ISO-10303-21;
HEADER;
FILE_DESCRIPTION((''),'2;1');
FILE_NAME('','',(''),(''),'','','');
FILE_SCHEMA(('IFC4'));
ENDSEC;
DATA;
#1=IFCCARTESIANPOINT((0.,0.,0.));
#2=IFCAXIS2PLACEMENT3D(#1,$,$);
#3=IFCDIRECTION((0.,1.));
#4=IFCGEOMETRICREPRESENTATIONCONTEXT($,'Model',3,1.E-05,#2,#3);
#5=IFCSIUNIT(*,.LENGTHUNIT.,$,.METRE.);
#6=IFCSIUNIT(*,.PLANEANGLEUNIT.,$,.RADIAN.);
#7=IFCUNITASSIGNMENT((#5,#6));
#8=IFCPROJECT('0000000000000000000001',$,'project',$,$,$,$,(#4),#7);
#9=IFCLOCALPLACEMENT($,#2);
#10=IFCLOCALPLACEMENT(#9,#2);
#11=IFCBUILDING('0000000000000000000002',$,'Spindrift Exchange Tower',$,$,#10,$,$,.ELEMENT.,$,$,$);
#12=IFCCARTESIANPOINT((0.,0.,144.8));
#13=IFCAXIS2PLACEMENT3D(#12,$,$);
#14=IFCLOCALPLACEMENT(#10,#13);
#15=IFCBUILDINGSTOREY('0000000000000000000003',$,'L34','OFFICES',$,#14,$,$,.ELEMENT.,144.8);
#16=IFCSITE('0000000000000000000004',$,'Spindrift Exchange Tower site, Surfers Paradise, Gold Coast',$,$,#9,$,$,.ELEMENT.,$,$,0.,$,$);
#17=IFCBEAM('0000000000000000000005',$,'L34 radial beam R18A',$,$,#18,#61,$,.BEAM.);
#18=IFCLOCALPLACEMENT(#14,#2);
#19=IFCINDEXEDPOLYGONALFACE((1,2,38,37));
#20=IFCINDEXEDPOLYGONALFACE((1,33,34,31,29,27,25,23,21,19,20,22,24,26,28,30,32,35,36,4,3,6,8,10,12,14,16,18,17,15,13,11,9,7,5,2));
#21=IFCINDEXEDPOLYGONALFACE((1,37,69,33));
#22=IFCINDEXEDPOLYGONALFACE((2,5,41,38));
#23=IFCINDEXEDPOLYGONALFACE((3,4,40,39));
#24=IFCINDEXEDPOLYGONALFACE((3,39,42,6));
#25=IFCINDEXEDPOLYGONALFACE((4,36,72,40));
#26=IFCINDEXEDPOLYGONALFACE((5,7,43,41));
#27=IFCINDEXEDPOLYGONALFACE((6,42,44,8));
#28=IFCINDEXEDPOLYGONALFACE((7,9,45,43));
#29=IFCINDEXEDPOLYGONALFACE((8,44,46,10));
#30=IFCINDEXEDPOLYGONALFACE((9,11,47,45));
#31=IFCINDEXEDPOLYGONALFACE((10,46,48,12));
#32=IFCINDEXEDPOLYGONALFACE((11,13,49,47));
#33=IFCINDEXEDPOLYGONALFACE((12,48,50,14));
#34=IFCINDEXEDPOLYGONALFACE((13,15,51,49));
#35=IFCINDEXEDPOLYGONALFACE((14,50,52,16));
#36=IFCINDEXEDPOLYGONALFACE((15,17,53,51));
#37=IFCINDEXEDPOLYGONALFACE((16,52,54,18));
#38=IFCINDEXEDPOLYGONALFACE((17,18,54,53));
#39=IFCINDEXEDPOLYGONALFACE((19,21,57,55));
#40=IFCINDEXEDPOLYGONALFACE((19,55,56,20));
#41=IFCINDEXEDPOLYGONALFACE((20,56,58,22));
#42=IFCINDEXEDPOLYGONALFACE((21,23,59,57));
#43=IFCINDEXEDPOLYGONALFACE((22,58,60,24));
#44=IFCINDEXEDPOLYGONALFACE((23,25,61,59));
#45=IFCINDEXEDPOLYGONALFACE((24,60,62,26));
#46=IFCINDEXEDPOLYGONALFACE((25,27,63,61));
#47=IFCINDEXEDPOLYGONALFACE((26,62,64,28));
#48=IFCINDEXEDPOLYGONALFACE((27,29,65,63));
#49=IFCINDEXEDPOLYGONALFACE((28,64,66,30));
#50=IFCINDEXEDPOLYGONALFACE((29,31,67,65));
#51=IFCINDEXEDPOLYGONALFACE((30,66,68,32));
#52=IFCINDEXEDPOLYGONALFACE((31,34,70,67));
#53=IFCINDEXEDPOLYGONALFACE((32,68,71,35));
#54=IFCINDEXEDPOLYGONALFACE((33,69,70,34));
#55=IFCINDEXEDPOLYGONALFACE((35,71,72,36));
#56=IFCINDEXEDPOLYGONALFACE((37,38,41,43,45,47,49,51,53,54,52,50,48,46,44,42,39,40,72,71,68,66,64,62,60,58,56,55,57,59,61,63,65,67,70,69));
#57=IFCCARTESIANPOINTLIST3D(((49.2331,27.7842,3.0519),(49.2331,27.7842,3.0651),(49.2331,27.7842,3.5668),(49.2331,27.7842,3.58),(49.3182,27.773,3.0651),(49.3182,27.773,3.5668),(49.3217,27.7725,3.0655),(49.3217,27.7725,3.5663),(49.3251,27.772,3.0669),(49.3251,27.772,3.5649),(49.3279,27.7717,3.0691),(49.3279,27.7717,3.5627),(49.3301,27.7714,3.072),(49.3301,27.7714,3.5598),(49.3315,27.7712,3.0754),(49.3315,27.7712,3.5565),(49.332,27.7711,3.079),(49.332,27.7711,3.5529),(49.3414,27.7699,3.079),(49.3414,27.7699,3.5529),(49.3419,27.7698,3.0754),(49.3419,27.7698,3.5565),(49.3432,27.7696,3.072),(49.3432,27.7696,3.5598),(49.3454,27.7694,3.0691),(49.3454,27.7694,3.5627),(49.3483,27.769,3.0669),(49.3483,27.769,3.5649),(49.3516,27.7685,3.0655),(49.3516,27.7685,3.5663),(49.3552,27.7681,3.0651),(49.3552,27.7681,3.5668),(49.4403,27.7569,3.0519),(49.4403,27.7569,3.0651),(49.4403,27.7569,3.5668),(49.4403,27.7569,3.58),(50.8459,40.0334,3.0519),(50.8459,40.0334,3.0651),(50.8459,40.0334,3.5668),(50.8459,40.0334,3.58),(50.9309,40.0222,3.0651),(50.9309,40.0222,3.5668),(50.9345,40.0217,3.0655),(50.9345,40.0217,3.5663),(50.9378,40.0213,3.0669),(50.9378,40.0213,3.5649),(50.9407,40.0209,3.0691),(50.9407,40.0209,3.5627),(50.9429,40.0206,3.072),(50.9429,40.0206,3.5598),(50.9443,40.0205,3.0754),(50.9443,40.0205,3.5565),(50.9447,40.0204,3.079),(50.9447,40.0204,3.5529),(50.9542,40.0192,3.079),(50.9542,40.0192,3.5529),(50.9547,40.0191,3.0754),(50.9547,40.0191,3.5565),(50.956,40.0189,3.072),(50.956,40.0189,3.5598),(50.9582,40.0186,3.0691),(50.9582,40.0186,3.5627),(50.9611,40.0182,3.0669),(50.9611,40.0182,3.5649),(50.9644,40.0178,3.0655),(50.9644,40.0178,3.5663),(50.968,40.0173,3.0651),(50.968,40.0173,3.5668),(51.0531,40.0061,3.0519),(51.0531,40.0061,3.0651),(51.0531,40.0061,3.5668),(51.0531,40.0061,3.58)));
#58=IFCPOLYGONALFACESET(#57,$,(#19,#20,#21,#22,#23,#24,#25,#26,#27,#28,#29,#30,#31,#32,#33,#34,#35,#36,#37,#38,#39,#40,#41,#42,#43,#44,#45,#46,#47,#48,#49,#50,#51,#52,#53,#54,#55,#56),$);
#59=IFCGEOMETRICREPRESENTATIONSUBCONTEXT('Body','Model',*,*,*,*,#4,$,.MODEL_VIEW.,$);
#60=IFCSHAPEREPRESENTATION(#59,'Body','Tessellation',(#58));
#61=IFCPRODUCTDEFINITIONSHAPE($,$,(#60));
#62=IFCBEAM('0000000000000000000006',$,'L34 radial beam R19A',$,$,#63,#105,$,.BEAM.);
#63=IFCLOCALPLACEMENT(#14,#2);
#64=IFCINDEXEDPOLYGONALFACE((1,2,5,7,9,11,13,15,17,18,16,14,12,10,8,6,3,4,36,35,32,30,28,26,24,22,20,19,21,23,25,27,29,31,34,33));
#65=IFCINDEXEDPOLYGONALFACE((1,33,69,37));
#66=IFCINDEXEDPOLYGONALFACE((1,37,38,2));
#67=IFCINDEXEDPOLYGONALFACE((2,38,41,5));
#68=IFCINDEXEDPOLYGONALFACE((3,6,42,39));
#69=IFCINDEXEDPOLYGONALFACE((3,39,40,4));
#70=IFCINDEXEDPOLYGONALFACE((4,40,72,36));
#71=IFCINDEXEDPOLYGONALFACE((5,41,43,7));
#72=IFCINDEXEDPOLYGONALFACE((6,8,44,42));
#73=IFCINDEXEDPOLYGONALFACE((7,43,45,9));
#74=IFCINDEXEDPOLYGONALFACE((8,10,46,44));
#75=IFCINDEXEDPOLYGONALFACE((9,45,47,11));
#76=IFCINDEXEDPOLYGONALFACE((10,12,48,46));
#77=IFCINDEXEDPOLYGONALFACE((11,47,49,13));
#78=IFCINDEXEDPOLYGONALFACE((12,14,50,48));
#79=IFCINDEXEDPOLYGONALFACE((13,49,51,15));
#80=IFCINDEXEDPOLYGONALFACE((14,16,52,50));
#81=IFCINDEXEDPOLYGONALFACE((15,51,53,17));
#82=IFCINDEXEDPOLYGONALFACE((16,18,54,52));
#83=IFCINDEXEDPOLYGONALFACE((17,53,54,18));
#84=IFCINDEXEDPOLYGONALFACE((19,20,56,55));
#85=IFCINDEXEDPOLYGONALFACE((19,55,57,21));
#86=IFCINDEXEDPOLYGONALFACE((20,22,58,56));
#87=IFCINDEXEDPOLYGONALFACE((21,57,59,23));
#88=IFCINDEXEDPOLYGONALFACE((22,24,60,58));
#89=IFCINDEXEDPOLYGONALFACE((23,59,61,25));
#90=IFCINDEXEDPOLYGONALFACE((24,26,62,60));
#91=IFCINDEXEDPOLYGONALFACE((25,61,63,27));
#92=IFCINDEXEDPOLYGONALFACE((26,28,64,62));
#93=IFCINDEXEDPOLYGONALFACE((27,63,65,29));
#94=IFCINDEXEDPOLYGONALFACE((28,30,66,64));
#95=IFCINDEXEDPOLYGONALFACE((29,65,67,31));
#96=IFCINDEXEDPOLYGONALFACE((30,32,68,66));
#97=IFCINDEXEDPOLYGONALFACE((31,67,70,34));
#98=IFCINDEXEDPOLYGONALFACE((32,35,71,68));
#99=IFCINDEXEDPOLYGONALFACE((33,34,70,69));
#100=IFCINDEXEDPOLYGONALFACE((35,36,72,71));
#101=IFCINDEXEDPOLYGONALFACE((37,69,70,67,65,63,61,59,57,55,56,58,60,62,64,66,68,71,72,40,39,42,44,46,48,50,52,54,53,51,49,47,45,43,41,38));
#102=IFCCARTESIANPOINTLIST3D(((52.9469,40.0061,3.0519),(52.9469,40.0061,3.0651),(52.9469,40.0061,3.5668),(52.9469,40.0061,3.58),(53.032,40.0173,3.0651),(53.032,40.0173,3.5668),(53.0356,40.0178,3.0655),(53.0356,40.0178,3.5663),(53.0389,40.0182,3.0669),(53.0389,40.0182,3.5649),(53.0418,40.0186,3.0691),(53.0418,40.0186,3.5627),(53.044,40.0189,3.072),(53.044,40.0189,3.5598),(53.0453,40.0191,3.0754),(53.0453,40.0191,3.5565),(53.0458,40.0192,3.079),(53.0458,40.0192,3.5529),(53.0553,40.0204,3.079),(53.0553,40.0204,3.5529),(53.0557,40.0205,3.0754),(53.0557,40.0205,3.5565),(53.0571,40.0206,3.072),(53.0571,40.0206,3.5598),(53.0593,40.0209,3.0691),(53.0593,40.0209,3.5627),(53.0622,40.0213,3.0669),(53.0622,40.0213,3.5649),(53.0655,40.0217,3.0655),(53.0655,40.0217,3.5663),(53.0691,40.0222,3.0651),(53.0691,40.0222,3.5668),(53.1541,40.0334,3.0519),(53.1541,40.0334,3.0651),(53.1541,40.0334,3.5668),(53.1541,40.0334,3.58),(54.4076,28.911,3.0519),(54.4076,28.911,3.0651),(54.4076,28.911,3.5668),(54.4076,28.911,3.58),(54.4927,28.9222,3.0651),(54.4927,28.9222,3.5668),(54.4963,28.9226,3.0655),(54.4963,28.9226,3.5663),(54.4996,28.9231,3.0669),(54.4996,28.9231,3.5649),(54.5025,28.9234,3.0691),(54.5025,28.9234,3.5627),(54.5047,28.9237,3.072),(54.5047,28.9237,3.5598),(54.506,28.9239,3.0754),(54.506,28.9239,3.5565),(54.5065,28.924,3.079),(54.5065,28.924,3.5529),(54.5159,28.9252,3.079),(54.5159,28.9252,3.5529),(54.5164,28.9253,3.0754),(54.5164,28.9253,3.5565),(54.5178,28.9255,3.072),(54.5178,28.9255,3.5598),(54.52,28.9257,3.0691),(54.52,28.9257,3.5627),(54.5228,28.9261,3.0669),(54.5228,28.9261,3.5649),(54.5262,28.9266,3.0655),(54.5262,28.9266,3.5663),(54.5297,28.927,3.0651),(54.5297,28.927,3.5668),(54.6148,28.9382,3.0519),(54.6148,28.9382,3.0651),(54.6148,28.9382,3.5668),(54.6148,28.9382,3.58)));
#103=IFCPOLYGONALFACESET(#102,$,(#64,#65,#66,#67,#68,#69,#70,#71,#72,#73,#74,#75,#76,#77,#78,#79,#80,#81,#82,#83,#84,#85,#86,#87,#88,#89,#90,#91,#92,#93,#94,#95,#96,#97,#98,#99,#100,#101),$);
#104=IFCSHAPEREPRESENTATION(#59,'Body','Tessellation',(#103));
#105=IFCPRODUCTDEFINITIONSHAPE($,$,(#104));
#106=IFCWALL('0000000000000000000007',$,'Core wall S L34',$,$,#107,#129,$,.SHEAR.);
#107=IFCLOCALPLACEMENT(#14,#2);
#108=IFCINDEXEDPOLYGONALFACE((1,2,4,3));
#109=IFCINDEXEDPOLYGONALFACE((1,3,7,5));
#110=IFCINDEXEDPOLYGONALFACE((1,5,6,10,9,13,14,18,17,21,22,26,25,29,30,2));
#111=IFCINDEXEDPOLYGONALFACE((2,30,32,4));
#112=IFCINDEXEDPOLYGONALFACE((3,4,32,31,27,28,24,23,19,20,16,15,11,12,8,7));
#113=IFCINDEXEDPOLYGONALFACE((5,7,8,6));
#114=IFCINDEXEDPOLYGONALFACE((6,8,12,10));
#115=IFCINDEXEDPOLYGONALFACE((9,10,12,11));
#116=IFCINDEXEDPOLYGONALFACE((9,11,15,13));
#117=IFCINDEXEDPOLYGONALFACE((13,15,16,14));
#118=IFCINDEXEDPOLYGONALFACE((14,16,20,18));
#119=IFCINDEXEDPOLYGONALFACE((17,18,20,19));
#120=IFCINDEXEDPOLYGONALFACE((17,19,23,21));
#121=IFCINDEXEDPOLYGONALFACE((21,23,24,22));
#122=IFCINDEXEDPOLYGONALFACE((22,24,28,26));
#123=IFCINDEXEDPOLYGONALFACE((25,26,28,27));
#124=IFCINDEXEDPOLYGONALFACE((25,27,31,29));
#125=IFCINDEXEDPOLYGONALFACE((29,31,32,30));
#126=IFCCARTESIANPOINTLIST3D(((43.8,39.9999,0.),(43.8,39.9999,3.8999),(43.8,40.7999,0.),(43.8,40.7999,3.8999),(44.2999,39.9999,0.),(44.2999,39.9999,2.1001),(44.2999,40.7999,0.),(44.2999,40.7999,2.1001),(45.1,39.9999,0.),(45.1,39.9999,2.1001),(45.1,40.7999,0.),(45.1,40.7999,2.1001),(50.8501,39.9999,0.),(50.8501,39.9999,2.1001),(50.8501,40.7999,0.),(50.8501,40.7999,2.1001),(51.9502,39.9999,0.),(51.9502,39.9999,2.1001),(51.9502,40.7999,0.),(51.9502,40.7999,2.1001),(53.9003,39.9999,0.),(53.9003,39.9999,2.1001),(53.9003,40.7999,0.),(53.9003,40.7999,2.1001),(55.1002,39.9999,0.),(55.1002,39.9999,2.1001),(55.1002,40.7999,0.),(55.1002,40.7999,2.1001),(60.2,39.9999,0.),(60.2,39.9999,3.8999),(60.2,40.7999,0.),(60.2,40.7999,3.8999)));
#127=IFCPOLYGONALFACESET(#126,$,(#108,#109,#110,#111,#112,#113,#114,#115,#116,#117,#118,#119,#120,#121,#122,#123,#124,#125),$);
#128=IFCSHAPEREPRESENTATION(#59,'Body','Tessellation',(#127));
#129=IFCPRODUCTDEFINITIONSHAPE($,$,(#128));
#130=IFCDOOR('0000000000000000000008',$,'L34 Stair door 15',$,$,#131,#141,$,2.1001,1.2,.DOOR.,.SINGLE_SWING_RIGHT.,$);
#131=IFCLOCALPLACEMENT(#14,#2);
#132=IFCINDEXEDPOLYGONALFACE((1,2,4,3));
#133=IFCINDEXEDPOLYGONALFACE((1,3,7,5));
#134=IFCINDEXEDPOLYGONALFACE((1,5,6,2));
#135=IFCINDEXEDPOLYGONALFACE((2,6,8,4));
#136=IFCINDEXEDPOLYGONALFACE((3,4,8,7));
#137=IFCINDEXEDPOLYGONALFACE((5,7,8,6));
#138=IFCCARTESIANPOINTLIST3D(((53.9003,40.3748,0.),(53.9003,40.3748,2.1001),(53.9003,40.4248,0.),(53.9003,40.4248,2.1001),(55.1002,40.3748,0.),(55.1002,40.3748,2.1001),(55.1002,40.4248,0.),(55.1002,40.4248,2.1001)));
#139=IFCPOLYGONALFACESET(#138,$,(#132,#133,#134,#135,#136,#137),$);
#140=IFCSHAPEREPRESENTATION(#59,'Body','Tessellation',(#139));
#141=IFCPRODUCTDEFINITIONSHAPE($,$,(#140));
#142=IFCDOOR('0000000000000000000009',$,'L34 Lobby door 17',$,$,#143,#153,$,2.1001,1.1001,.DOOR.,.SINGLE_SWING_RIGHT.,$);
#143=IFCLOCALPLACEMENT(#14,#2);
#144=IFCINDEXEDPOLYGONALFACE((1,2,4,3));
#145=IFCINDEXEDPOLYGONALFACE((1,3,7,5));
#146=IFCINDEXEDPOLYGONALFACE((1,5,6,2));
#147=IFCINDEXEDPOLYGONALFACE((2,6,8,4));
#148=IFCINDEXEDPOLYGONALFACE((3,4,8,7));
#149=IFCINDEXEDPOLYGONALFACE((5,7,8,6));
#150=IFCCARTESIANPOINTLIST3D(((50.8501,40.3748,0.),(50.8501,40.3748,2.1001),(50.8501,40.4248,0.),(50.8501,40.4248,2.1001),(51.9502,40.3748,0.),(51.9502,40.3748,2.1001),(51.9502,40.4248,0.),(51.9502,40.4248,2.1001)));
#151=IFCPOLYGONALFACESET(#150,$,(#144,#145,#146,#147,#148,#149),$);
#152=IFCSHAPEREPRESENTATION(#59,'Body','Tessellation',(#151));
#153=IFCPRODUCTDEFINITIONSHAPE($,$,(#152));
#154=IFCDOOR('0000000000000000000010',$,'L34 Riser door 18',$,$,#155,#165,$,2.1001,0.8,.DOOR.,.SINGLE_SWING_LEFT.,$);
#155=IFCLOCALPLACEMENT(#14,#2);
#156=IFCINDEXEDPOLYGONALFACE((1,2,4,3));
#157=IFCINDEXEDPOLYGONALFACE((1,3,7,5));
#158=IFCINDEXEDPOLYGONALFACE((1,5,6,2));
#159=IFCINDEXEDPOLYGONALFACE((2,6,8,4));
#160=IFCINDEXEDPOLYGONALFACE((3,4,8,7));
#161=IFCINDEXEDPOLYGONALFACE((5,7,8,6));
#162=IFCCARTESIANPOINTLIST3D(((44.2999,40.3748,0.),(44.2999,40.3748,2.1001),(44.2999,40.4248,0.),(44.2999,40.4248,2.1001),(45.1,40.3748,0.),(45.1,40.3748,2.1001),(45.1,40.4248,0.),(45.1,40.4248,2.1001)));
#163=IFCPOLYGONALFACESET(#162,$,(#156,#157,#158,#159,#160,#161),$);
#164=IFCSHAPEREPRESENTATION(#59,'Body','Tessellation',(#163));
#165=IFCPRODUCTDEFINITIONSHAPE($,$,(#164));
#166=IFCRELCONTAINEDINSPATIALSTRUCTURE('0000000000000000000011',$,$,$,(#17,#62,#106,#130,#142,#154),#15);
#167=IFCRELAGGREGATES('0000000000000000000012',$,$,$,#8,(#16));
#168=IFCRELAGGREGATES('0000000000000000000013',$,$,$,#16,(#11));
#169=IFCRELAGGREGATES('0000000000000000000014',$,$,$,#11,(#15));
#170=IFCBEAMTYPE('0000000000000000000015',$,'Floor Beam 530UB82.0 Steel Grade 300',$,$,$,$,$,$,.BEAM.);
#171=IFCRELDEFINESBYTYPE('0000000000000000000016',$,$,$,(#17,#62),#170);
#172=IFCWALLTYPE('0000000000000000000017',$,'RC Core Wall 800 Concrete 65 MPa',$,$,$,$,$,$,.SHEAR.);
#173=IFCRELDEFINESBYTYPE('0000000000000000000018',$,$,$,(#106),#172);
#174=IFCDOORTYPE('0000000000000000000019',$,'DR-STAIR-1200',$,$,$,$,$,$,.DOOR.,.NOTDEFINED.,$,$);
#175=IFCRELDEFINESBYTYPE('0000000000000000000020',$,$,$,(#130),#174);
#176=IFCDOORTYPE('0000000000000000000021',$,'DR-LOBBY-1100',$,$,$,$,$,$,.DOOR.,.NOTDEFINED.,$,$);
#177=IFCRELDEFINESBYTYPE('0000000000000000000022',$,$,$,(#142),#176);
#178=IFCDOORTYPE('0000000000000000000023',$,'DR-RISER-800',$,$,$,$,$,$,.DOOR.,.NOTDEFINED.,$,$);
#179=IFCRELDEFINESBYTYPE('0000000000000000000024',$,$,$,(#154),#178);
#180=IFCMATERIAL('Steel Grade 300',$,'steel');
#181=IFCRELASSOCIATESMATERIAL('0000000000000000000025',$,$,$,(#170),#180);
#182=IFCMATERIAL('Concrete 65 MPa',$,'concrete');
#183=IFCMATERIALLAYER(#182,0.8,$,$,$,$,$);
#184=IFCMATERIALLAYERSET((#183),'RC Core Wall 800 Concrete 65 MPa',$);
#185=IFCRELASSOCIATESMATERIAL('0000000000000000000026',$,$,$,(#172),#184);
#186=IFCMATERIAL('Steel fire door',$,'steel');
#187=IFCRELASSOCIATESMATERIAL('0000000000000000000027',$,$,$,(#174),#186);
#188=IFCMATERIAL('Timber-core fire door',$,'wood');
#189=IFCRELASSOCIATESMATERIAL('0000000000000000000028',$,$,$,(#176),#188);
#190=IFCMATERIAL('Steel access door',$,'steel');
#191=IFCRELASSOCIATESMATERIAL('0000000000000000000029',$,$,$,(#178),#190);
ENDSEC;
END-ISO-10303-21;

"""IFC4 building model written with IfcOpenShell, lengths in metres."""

from ifc_helpers import new_model, si_unit, direction, frame, frame_2d, origin, origin_2d, place, context, subcontext, project, spatial, rectangle, i_section, extrude, source, transform, mapped, material, layer, layer_set, material_profile, profile_set, type_object, element, fill, save


model = new_model("IFC4")

# Units and contexts
model_context = context("Model", 3, precision=1e-05, world=origin(), true_north=direction((0.0, 1.0)))
body_context = subcontext(model_context, "Body", "Model", "MODEL_VIEW")
ifc_project = project(units=[si_unit("LENGTHUNIT", "METRE"), si_unit("PLANEANGLEUNIT", "RADIAN")], contexts=[model_context])

# Site, building, storey
site_placement = place(None, origin())
site = spatial("IfcSite", under=ifc_project, at=site_placement, Name="Spindrift Exchange Tower site, Surfers Paradise, Gold Coast", CompositionType="ELEMENT", RefElevation=0.0)
building_placement = place(site_placement, origin())
building = spatial("IfcBuilding", under=site, at=building_placement, Name="Spindrift Exchange Tower", CompositionType="ELEMENT")
storey_placement = place(building_placement, frame((0.0, 0.0, 144.8)))
storey = spatial("IfcBuildingStorey", under=building, at=storey_placement, Name="L34", Description="OFFICES", CompositionType="ELEMENT", Elevation=144.8)

# Beams
ifc_material_1 = material(Name="Steel Grade 300", Category="steel")
ifc_material_profile_1 = material_profile(ifc_material_1, i_section(OverallWidth=0.209, OverallDepth=0.5281, WebThickness=0.0095, FlangeThickness=0.0132, FilletRadius=0.0139, at=origin_2d()), Name="530UB82.0")
ifc_profile_set_1 = profile_set([ifc_material_profile_1], Name="Steel Grade 300")
beam_type_1 = type_object("IfcBeamType", Name="Floor Beam 530UB82.0 Steel Grade 300", PredefinedType="BEAM", material=ifc_profile_set_1)
shared_shape_1 = source(origin(), body_context, "Body", "SweptSolid", [
    extrude(i_section(OverallWidth=0.209, OverallDepth=0.5281, WebThickness=0.0095, FlangeThickness=0.0132, FilletRadius=0.0139, at=origin_2d()), origin(), (0.0, 0.0, 1.0), 12.355),
])
beam_1_placement = place(storey_placement, frame((50.9495, 40.0198, 3.3159), z_axis=(-0.130538, -0.991443, 0.0), x_axis=(0.991443, -0.130538, 0.0)))
element("IfcBeam", 1, at=beam_1_placement, inside=storey, type_object=beam_type_1, Name="L34 radial beam R18A", PredefinedType="BEAM", context=body_context, shape_type="MappedRepresentation", body=[
    mapped(shared_shape_1, transform((0.0, 0.0, 0.0), scale=1.0)),
])
shared_shape_2 = source(origin(), body_context, "Body", "SweptSolid", [
    extrude(i_section(OverallWidth=0.209, OverallDepth=0.5281, WebThickness=0.0095, FlangeThickness=0.0132, FilletRadius=0.0139, at=origin_2d()), origin(), (0.0, 0.0, 1.0), 11.1909),
])
beam_2_placement = place(storey_placement, frame((53.0505, 40.0198, 3.3159), z_axis=(0.130524, -0.991445, 0.0), x_axis=(0.991445, 0.130524, 0.0)))
element("IfcBeam", 2, at=beam_2_placement, inside=storey, type_object=beam_type_1, Name="L34 radial beam R19A", PredefinedType="BEAM", context=body_context, shape_type="MappedRepresentation", body=[
    mapped(shared_shape_2, transform((0.0, 0.0, 0.0), scale=1.0)),
])

# Wall, openings, doors
ifc_material_2 = material(Name="Concrete 65 MPa", Category="concrete")
ifc_layer_1 = layer(ifc_material_2, 0.8)
ifc_layer_set_1 = layer_set([ifc_layer_1], Name="RC Core Wall 800 Concrete 65 MPa")
wall_type_1 = type_object("IfcWallType", Name="RC Core Wall 800 Concrete 65 MPa", PredefinedType="SHEAR", material=ifc_layer_set_1)
wall_1_placement = place(storey_placement, frame((43.8, 40.3999, 0.0), z_axis=(0.0, 0.0, 1.0), x_axis=(1.0, 0.0, 0.0)))
wall_1 = element("IfcWall", 3, at=wall_1_placement, inside=storey, type_object=wall_type_1, Name="Core wall S L34", PredefinedType="SHEAR", context=body_context, shape_type="SweptSolid", body=[
    extrude(rectangle(XDim=16.3999, YDim=0.8, at=frame_2d((8.2, 0.0))), origin(), (0.0, 0.0, 1.0), 3.8999),
])
opening_1_placement = place(wall_1_placement, frame((10.1001, 0.0, 0.0)))
opening_1 = element("IfcOpeningElement", 4, at=opening_1_placement, cuts=wall_1, PredefinedType="OPENING", context=body_context, shape_type="SweptSolid", body=[
    extrude(rectangle(XDim=1.2, YDim=2.1001, at=frame_2d((0.6001, 1.05))), frame((0.0, 0.4099, 0.0), z_axis=(0.0, -1.0, 0.0), x_axis=(1.0, 0.0, 0.0)), (0.0, 0.0, 1.0), 0.8201),
])
opening_2_placement = place(wall_1_placement, frame((7.05, 0.0, 0.0)))
opening_2 = element("IfcOpeningElement", 5, at=opening_2_placement, cuts=wall_1, PredefinedType="OPENING", context=body_context, shape_type="SweptSolid", body=[
    extrude(rectangle(XDim=1.1001, YDim=2.1001, at=frame_2d((0.55, 1.05))), frame((0.0, 0.4099, 0.0), z_axis=(0.0, -1.0, 0.0), x_axis=(1.0, 0.0, 0.0)), (0.0, 0.0, 1.0), 0.8201),
])
opening_3_placement = place(wall_1_placement, frame((0.5, 0.0, 0.0)))
opening_3 = element("IfcOpeningElement", 6, at=opening_3_placement, cuts=wall_1, PredefinedType="OPENING", context=body_context, shape_type="SweptSolid", body=[
    extrude(rectangle(XDim=0.8, YDim=2.1001, at=frame_2d((0.3999, 1.05))), frame((0.0, 0.4099, 0.0), z_axis=(0.0, -1.0, 0.0), x_axis=(1.0, 0.0, 0.0)), (0.0, 0.0, 1.0), 0.8201),
])
ifc_material_3 = material(Name="Steel fire door", Category="steel")
door_type_1 = type_object("IfcDoorType", Name="DR-STAIR-1200", OperationType="NOTDEFINED", PredefinedType="DOOR", material=ifc_material_3)
shared_shape_3 = source(origin(), body_context, "Body", "SweptSolid", [
    extrude(rectangle(XDim=1.2, YDim=2.1001, at=frame_2d((0.6001, 1.05))), frame((0.0, 0.0249, 0.0), z_axis=(0.0, -1.0, 0.0), x_axis=(1.0, 0.0, 0.0)), (0.0, 0.0, 1.0), 0.05),
])
door_1_placement = place(opening_1_placement, origin())
door_1 = element("IfcDoor", 7, at=door_1_placement, inside=storey, type_object=door_type_1, Name="L34 Stair door 15", OperationType="SINGLE_SWING_RIGHT", OverallHeight=2.1001, OverallWidth=1.2, PredefinedType="DOOR", context=body_context, shape_type="MappedRepresentation", body=[
    mapped(shared_shape_3, transform((0.0, 0.0, 0.0), scale=1.0)),
])
fill(opening_1, door_1)
ifc_material_4 = material(Name="Timber-core fire door", Category="wood")
door_type_2 = type_object("IfcDoorType", Name="DR-LOBBY-1100", OperationType="NOTDEFINED", PredefinedType="DOOR", material=ifc_material_4)
shared_shape_4 = source(origin(), body_context, "Body", "SweptSolid", [
    extrude(rectangle(XDim=1.1001, YDim=2.1001, at=frame_2d((0.55, 1.05))), frame((0.0, 0.0249, 0.0), z_axis=(0.0, -1.0, 0.0), x_axis=(1.0, 0.0, 0.0)), (0.0, 0.0, 1.0), 0.05),
])
door_2_placement = place(opening_2_placement, origin())
door_2 = element("IfcDoor", 8, at=door_2_placement, inside=storey, type_object=door_type_2, Name="L34 Lobby door 17", OperationType="SINGLE_SWING_RIGHT", OverallHeight=2.1001, OverallWidth=1.1001, PredefinedType="DOOR", context=body_context, shape_type="MappedRepresentation", body=[
    mapped(shared_shape_4, transform((0.0, 0.0, 0.0), scale=1.0)),
])
fill(opening_2, door_2)
ifc_material_5 = material(Name="Steel access door", Category="steel")
door_type_3 = type_object("IfcDoorType", Name="DR-RISER-800", OperationType="NOTDEFINED", PredefinedType="DOOR", material=ifc_material_5)
shared_shape_5 = source(origin(), body_context, "Body", "SweptSolid", [
    extrude(rectangle(XDim=0.8, YDim=2.1001, at=frame_2d((0.3999, 1.05))), frame((0.0, 0.0249, 0.0), z_axis=(0.0, -1.0, 0.0), x_axis=(1.0, 0.0, 0.0)), (0.0, 0.0, 1.0), 0.05),
])
door_3_placement = place(opening_3_placement, origin())
door_3 = element("IfcDoor", 9, at=door_3_placement, inside=storey, type_object=door_type_3, Name="L34 Riser door 18", OperationType="SINGLE_SWING_LEFT", OverallHeight=2.1001, OverallWidth=0.8, PredefinedType="DOOR", context=body_context, shape_type="MappedRepresentation", body=[
    mapped(shared_shape_5, transform((0.0, 0.0, 0.0), scale=1.0)),
])
fill(opening_3, door_3)

save(model, "model.ifc")
